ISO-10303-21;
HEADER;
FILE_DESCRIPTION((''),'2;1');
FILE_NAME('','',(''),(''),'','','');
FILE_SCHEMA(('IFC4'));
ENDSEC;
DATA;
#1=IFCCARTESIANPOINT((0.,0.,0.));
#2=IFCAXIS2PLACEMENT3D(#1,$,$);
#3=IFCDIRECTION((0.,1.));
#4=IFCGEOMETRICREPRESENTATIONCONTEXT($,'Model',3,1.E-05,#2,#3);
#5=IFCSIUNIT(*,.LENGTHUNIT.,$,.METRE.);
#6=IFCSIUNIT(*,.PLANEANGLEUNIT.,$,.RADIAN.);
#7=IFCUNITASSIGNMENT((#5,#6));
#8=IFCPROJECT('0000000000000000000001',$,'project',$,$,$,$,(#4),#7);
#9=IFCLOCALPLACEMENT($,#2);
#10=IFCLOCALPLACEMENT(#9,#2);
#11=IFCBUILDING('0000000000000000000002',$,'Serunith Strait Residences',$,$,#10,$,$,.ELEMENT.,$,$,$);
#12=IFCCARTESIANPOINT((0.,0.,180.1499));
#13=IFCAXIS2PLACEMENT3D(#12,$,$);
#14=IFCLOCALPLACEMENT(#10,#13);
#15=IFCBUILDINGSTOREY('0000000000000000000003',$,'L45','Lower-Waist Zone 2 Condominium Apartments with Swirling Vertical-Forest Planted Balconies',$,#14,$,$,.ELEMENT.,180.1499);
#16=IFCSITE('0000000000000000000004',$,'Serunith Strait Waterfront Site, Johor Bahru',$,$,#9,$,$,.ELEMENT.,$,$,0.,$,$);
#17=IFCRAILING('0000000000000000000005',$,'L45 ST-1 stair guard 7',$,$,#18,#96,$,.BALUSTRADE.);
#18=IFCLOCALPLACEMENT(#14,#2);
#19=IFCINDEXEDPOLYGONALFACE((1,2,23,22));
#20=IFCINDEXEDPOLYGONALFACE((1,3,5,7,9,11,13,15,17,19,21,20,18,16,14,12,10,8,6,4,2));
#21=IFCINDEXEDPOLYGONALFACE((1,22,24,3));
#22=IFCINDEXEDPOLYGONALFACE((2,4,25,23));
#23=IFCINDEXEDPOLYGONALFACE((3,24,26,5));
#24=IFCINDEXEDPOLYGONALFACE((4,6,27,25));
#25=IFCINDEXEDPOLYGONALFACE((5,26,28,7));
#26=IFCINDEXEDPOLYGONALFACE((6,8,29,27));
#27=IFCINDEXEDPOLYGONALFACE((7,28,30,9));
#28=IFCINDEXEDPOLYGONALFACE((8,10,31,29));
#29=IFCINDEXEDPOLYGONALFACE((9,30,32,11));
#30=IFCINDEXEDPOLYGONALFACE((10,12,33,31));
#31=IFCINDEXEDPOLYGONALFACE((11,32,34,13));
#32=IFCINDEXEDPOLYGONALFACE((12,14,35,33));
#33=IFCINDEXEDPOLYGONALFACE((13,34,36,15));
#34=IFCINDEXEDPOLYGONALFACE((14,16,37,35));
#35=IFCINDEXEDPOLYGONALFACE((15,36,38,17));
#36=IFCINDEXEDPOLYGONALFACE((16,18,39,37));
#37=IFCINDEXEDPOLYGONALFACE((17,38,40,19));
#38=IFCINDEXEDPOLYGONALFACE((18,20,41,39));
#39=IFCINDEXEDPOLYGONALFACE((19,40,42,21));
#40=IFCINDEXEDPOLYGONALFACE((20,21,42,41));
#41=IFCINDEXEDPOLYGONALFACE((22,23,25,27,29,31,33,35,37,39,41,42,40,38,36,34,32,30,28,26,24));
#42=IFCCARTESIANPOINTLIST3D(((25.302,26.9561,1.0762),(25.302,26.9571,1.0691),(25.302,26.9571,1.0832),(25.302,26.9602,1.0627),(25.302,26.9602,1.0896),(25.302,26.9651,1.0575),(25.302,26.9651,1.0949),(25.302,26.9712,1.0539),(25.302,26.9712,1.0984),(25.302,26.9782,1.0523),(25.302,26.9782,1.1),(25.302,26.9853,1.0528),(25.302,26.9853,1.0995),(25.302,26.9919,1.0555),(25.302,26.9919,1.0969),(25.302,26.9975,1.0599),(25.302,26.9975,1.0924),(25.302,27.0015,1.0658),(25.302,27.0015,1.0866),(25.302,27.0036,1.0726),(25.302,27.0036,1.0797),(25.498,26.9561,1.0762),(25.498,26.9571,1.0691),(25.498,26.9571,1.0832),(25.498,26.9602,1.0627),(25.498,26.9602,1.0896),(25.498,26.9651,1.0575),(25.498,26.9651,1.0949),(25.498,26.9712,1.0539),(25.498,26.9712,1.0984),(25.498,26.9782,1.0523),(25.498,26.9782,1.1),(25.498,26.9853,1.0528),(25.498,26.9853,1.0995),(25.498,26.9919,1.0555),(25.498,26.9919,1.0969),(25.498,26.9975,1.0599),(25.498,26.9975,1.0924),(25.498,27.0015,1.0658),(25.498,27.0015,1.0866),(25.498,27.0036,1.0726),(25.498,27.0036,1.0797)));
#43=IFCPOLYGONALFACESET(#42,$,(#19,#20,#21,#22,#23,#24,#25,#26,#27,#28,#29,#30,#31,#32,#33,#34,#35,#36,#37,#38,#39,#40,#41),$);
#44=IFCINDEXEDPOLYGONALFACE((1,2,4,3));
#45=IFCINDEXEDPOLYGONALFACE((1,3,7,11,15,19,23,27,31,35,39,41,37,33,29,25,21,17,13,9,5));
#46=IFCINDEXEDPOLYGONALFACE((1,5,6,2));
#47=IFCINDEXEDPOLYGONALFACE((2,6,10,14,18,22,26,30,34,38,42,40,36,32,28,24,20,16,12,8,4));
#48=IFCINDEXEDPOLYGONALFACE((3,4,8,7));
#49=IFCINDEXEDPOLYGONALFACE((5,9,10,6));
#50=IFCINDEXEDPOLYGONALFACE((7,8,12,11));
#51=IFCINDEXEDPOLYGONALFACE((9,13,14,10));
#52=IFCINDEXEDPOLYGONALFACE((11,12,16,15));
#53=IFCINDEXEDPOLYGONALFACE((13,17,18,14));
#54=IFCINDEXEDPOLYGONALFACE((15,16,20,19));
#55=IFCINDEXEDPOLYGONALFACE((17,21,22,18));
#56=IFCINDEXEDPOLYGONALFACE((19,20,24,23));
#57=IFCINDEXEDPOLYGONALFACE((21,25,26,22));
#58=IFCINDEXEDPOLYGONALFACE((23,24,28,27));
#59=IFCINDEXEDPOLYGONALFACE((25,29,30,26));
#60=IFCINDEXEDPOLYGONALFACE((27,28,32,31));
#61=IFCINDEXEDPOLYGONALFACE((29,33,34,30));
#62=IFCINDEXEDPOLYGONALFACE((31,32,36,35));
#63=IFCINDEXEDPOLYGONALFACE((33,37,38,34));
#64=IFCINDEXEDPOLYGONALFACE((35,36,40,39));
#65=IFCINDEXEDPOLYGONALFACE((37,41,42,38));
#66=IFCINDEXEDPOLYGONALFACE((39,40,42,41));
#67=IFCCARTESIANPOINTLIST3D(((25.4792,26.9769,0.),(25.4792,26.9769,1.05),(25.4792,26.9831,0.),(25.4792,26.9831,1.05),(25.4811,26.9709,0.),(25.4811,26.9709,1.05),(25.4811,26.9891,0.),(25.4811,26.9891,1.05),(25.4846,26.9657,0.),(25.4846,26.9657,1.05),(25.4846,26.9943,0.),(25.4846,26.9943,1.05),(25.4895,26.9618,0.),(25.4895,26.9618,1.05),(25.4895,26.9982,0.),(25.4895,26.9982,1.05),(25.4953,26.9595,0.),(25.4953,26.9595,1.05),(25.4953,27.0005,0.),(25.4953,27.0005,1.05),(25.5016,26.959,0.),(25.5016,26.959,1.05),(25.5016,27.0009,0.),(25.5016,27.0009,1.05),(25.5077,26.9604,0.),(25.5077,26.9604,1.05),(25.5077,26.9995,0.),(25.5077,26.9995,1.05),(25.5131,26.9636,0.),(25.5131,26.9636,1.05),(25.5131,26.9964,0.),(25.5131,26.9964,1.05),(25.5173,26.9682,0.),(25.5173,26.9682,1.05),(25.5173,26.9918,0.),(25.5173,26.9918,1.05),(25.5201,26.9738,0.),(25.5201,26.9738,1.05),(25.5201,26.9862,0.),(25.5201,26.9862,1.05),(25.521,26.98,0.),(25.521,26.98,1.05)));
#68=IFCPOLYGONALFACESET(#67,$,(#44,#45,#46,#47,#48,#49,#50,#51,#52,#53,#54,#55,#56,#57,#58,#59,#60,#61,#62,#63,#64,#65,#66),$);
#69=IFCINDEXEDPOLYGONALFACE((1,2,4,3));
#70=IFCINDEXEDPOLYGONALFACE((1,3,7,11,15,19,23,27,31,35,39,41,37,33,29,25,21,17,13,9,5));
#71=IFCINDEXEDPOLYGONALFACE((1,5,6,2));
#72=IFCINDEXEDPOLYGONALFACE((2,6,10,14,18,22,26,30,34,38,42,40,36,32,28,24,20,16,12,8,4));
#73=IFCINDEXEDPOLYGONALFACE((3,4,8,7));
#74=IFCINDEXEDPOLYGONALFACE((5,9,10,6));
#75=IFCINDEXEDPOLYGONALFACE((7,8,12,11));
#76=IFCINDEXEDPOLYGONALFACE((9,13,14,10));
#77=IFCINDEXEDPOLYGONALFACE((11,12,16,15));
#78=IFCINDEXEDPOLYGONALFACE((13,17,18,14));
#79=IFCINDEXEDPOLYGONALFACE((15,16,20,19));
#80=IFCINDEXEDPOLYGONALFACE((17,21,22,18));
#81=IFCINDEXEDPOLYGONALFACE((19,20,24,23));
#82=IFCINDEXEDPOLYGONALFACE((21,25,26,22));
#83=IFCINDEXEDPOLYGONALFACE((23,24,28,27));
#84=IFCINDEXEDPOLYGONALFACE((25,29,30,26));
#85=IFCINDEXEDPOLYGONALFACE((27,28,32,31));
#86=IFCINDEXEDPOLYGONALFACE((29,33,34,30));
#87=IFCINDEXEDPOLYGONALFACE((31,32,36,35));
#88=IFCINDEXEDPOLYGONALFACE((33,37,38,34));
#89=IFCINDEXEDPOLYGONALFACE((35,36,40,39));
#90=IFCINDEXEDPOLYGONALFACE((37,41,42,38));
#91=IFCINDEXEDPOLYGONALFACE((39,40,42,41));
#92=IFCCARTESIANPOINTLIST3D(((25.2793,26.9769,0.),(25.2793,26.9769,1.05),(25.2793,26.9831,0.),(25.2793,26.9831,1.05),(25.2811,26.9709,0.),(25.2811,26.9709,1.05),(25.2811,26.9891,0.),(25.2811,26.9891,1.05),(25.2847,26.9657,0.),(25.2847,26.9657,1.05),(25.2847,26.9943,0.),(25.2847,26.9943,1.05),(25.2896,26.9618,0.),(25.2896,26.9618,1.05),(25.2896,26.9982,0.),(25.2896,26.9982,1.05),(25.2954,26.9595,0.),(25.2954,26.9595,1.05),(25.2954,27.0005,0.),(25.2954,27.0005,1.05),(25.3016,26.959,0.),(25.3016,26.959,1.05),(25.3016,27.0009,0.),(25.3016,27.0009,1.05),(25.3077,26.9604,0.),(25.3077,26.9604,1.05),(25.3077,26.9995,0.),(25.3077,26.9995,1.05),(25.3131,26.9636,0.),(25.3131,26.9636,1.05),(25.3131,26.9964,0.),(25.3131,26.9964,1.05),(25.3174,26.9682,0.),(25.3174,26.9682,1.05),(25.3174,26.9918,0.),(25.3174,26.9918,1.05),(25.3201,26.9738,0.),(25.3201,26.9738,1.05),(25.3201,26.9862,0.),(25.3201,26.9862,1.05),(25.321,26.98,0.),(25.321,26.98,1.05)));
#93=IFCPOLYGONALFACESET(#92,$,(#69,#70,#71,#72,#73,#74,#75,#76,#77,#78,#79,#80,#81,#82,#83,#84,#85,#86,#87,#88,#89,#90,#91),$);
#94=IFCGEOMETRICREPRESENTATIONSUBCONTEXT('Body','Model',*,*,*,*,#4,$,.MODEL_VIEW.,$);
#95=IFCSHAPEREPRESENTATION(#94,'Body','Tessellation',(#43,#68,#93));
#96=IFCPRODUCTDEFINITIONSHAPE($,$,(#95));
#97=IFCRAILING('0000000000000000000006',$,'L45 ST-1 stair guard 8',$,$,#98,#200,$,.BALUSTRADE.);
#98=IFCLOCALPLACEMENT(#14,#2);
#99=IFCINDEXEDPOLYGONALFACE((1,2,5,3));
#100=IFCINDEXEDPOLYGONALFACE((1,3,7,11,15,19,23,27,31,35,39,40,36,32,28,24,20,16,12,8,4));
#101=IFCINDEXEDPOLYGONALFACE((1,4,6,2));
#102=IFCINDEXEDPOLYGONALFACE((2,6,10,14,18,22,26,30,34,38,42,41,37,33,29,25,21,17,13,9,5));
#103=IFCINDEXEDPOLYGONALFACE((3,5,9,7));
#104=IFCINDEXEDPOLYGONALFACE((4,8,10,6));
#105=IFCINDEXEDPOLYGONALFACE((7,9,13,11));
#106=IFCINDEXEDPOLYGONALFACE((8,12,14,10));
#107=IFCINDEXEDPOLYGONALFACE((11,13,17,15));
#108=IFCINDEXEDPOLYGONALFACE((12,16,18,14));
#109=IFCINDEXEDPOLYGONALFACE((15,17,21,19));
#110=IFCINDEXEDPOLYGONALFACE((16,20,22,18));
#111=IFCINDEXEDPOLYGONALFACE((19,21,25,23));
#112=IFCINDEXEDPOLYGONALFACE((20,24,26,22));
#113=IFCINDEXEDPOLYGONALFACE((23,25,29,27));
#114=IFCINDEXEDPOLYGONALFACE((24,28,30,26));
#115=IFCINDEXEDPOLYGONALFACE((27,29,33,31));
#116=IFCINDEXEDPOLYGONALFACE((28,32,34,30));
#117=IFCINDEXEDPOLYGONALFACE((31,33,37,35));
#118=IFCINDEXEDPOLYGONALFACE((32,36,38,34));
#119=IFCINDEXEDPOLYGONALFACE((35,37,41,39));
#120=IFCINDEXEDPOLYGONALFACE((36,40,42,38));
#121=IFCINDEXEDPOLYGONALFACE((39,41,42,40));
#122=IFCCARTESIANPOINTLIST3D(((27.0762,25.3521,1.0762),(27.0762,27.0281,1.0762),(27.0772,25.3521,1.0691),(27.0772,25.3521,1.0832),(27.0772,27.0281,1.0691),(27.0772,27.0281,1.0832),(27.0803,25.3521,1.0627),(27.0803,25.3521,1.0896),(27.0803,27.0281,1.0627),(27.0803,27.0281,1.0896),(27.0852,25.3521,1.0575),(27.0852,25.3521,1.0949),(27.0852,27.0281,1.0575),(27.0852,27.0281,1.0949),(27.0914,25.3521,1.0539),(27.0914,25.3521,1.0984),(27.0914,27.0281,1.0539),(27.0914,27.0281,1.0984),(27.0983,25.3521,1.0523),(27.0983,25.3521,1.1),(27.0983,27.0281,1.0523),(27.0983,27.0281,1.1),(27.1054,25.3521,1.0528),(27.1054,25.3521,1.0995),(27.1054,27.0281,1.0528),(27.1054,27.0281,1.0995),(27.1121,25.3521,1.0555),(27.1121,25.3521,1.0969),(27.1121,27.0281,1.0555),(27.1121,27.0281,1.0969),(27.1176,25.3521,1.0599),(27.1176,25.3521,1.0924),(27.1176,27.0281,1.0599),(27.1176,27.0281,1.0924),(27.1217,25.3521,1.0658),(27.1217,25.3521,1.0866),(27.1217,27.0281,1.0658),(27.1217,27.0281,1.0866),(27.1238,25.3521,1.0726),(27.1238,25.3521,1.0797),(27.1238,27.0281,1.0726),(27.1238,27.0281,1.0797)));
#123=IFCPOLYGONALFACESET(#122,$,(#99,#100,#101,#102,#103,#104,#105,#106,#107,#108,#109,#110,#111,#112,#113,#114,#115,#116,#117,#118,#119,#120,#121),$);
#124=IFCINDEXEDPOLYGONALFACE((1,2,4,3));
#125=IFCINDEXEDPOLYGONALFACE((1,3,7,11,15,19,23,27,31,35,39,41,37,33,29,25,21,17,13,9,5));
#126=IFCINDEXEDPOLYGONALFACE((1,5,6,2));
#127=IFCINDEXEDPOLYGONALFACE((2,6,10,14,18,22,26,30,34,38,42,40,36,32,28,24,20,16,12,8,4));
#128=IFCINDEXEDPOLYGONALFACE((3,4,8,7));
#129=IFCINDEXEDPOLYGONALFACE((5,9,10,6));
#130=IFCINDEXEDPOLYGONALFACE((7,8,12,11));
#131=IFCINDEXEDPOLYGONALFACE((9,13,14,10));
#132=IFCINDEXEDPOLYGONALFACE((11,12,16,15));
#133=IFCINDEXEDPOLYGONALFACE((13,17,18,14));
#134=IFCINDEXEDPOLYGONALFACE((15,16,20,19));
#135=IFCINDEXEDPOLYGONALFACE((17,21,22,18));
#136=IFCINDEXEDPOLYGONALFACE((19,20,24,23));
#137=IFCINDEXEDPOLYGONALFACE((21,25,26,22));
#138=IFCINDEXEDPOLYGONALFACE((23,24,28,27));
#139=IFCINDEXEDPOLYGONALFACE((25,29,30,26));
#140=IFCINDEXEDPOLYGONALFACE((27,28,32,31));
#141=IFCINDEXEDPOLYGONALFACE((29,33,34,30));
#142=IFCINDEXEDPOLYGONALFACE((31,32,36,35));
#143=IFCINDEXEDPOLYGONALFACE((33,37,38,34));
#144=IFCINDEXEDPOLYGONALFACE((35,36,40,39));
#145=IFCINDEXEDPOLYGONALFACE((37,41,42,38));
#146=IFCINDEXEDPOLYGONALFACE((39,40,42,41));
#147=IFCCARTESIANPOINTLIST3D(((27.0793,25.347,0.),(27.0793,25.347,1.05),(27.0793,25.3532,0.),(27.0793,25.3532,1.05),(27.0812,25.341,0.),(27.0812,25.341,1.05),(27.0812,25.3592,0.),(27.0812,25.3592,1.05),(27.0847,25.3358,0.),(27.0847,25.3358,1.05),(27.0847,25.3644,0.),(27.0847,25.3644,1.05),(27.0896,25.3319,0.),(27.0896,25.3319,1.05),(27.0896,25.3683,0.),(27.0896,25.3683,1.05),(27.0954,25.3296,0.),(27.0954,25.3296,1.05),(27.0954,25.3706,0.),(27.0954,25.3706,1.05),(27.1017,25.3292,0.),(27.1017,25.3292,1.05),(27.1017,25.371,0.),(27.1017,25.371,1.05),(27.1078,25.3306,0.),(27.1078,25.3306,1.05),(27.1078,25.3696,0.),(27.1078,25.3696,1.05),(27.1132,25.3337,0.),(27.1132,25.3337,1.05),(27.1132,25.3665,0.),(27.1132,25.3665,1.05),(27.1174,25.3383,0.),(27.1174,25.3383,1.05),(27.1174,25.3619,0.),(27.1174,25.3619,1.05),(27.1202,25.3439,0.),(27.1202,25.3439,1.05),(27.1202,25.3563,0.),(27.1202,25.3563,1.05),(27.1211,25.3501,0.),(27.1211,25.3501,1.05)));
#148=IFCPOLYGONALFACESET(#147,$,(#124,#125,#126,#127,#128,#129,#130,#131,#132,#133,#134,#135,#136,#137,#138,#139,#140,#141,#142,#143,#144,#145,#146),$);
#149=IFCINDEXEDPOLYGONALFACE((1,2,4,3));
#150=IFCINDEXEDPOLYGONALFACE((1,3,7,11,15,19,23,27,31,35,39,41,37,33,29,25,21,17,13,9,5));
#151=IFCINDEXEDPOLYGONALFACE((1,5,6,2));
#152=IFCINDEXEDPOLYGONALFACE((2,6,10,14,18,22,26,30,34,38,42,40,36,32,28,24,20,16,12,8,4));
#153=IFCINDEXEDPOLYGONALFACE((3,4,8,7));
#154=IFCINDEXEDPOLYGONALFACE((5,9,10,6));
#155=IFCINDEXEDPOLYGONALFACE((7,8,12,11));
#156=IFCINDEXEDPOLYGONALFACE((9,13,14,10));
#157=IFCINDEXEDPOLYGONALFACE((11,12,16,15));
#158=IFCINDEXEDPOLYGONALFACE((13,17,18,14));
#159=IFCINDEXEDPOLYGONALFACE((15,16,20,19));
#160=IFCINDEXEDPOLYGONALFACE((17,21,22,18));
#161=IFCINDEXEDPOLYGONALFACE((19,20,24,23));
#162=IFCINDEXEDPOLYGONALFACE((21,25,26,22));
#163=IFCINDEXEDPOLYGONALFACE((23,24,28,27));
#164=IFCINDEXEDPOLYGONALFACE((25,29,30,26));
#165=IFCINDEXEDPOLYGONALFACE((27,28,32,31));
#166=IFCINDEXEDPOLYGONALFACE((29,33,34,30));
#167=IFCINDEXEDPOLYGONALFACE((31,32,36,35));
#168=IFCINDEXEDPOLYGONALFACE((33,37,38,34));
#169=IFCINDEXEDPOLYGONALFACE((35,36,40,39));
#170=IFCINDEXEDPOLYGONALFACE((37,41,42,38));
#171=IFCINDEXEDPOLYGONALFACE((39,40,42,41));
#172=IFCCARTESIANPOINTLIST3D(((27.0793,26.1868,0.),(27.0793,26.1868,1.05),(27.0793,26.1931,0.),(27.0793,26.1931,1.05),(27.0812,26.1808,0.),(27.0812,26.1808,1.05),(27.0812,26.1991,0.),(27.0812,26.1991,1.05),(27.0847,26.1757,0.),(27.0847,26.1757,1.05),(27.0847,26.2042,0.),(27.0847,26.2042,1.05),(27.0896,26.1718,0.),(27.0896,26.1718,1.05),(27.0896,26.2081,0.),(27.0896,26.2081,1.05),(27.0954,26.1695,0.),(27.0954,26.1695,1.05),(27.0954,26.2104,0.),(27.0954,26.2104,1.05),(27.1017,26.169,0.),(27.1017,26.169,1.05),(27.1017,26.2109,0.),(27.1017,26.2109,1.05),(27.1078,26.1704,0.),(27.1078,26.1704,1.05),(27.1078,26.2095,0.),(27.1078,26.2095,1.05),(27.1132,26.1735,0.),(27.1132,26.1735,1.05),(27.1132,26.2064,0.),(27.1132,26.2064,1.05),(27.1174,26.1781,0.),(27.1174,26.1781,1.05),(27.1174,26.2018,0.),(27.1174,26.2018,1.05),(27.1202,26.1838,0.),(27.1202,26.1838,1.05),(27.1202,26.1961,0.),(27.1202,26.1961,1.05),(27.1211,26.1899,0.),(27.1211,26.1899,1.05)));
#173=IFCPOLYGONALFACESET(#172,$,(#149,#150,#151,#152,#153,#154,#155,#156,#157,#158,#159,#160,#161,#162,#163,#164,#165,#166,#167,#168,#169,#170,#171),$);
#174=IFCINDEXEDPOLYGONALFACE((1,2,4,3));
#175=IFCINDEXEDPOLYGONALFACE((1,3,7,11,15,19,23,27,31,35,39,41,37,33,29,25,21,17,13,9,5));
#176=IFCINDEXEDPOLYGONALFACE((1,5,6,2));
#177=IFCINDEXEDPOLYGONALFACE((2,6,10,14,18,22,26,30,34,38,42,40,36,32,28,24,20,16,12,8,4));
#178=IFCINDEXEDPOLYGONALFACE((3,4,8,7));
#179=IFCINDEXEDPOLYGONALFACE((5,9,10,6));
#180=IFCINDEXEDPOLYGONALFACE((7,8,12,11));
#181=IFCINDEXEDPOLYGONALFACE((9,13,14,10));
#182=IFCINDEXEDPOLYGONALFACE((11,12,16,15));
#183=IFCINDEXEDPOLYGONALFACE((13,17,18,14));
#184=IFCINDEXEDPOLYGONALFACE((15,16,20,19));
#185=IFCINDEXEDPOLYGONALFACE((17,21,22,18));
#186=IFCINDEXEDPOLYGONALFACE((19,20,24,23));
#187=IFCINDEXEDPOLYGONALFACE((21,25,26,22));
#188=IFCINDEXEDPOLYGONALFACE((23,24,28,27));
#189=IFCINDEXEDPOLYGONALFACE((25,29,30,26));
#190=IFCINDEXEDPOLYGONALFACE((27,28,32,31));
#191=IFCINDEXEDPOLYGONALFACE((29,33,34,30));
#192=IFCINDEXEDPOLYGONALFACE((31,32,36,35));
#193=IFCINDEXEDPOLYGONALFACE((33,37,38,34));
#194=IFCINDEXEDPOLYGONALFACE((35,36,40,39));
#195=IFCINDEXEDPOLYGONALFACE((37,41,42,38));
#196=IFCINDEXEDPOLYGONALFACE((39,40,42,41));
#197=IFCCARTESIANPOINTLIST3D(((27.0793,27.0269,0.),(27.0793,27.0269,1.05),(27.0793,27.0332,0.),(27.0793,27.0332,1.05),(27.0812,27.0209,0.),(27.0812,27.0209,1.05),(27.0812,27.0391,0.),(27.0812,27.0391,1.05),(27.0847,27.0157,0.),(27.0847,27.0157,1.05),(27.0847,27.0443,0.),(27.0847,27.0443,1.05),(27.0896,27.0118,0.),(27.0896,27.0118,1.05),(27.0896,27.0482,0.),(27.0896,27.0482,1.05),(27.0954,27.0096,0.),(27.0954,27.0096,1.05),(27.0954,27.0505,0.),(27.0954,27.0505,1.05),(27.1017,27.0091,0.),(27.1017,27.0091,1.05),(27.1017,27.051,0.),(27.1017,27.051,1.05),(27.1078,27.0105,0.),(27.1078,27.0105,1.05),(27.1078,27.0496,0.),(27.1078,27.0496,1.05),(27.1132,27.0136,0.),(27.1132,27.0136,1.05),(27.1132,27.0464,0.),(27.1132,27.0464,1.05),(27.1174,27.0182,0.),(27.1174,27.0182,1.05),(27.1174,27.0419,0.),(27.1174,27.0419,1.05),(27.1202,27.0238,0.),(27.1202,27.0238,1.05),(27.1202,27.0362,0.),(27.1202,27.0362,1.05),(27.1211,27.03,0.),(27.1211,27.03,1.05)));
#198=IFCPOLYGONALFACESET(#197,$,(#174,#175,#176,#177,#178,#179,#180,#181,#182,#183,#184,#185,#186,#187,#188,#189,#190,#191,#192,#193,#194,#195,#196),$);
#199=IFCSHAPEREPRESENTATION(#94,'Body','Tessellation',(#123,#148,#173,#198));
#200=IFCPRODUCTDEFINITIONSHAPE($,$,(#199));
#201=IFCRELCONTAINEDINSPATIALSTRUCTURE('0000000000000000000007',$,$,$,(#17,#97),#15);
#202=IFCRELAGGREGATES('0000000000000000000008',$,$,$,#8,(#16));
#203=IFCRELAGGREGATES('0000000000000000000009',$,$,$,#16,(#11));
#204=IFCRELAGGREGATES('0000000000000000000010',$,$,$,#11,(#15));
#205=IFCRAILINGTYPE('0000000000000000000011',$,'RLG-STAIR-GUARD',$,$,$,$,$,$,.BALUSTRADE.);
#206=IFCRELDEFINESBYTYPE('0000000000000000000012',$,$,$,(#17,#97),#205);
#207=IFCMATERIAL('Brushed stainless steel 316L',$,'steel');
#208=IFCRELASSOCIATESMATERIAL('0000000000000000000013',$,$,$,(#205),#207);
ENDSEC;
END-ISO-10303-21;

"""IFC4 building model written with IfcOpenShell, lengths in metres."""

from ifc_helpers import new_model, si_unit, direction, frame, origin, origin_2d, place, context, subcontext, project, spatial, circle, extrude, material, type_object, element, save


model = new_model("IFC4")

# Units and contexts
model_context = context("Model", 3, precision=1e-05, world=origin(), true_north=direction((0.0, 1.0)))
body_context = subcontext(model_context, "Body", "Model", "MODEL_VIEW")
ifc_project = project(units=[si_unit("LENGTHUNIT", "METRE"), si_unit("PLANEANGLEUNIT", "RADIAN")], contexts=[model_context])

# Site, building, storey
site_placement = place(None, origin())
site = spatial("IfcSite", under=ifc_project, at=site_placement, Name="Serunith Strait Waterfront Site, Johor Bahru", CompositionType="ELEMENT", RefElevation=0.0)
building_placement = place(site_placement, origin())
building = spatial("IfcBuilding", under=site, at=building_placement, Name="Serunith Strait Residences", CompositionType="ELEMENT")
storey_placement = place(building_placement, frame((0.0, 0.0, 180.1499)))
storey = spatial("IfcBuildingStorey", under=building, at=storey_placement, Name="L45", Description="Lower-Waist Zone 2 Condominium Apartments with Swirling Vertical-Forest Planted Balconies", CompositionType="ELEMENT", Elevation=180.1499)

# Railings
ifc_material_1 = material(Name="Brushed stainless steel 316L", Category="steel")
railing_type_1 = type_object("IfcRailingType", Name="RLG-STAIR-GUARD", PredefinedType="BALUSTRADE", material=ifc_material_1)
railing_1_placement = place(storey_placement, frame((25.5, 26.98, 0.0)))
element("IfcRailing", 1, at=railing_1_placement, inside=storey, type_object=railing_type_1, Name="L45 ST-1 stair guard 7", PredefinedType="BALUSTRADE", context=body_context, shape_type="SweptSolid", body=[
    extrude(circle(Radius=0.0239, at=origin_2d()), frame((-0.002, 0.0, 1.0762), z_axis=(-1.0, 0.0, 0.0), x_axis=(0.0, -1.0, 0.0)), (0.0, 0.0, 1.0), 0.196),
    extrude(circle(Radius=0.021, at=origin_2d()), origin(), (0.0, 0.0, 1.0), 1.05),
    extrude(circle(Radius=0.021, at=origin_2d()), frame((-0.2, 0.0, 0.0)), (0.0, 0.0, 1.0), 1.05),
])
for number, where, name in (
    (2, (27.1001, 25.3501, 0.0), "L45 ST-1 stair guard 8"),
):
    element("IfcRailing", number, at=place(storey_placement, frame(where)), inside=storey, type_object=railing_type_1, Name=name, PredefinedType="BALUSTRADE", context=body_context, shape_type="SweptSolid", body=[
        extrude(circle(Radius=0.0239, at=origin_2d()), frame((0.0, 0.002, 1.0762), z_axis=(0.0, 1.0, 0.0), x_axis=(-1.0, 0.0, 0.0)), (0.0, 0.0, 1.0), 1.676),
        extrude(circle(Radius=0.021, at=origin_2d()), origin(), (0.0, 0.0, 1.0), 1.05),
        extrude(circle(Radius=0.021, at=origin_2d()), frame((0.0, 0.8398, 0.0)), (0.0, 0.0, 1.0), 1.05),
        extrude(circle(Radius=0.021, at=origin_2d()), frame((0.0, 1.6799, 0.0)), (0.0, 0.0, 1.0), 1.05),
    ])

save(model, "model.ifc")
